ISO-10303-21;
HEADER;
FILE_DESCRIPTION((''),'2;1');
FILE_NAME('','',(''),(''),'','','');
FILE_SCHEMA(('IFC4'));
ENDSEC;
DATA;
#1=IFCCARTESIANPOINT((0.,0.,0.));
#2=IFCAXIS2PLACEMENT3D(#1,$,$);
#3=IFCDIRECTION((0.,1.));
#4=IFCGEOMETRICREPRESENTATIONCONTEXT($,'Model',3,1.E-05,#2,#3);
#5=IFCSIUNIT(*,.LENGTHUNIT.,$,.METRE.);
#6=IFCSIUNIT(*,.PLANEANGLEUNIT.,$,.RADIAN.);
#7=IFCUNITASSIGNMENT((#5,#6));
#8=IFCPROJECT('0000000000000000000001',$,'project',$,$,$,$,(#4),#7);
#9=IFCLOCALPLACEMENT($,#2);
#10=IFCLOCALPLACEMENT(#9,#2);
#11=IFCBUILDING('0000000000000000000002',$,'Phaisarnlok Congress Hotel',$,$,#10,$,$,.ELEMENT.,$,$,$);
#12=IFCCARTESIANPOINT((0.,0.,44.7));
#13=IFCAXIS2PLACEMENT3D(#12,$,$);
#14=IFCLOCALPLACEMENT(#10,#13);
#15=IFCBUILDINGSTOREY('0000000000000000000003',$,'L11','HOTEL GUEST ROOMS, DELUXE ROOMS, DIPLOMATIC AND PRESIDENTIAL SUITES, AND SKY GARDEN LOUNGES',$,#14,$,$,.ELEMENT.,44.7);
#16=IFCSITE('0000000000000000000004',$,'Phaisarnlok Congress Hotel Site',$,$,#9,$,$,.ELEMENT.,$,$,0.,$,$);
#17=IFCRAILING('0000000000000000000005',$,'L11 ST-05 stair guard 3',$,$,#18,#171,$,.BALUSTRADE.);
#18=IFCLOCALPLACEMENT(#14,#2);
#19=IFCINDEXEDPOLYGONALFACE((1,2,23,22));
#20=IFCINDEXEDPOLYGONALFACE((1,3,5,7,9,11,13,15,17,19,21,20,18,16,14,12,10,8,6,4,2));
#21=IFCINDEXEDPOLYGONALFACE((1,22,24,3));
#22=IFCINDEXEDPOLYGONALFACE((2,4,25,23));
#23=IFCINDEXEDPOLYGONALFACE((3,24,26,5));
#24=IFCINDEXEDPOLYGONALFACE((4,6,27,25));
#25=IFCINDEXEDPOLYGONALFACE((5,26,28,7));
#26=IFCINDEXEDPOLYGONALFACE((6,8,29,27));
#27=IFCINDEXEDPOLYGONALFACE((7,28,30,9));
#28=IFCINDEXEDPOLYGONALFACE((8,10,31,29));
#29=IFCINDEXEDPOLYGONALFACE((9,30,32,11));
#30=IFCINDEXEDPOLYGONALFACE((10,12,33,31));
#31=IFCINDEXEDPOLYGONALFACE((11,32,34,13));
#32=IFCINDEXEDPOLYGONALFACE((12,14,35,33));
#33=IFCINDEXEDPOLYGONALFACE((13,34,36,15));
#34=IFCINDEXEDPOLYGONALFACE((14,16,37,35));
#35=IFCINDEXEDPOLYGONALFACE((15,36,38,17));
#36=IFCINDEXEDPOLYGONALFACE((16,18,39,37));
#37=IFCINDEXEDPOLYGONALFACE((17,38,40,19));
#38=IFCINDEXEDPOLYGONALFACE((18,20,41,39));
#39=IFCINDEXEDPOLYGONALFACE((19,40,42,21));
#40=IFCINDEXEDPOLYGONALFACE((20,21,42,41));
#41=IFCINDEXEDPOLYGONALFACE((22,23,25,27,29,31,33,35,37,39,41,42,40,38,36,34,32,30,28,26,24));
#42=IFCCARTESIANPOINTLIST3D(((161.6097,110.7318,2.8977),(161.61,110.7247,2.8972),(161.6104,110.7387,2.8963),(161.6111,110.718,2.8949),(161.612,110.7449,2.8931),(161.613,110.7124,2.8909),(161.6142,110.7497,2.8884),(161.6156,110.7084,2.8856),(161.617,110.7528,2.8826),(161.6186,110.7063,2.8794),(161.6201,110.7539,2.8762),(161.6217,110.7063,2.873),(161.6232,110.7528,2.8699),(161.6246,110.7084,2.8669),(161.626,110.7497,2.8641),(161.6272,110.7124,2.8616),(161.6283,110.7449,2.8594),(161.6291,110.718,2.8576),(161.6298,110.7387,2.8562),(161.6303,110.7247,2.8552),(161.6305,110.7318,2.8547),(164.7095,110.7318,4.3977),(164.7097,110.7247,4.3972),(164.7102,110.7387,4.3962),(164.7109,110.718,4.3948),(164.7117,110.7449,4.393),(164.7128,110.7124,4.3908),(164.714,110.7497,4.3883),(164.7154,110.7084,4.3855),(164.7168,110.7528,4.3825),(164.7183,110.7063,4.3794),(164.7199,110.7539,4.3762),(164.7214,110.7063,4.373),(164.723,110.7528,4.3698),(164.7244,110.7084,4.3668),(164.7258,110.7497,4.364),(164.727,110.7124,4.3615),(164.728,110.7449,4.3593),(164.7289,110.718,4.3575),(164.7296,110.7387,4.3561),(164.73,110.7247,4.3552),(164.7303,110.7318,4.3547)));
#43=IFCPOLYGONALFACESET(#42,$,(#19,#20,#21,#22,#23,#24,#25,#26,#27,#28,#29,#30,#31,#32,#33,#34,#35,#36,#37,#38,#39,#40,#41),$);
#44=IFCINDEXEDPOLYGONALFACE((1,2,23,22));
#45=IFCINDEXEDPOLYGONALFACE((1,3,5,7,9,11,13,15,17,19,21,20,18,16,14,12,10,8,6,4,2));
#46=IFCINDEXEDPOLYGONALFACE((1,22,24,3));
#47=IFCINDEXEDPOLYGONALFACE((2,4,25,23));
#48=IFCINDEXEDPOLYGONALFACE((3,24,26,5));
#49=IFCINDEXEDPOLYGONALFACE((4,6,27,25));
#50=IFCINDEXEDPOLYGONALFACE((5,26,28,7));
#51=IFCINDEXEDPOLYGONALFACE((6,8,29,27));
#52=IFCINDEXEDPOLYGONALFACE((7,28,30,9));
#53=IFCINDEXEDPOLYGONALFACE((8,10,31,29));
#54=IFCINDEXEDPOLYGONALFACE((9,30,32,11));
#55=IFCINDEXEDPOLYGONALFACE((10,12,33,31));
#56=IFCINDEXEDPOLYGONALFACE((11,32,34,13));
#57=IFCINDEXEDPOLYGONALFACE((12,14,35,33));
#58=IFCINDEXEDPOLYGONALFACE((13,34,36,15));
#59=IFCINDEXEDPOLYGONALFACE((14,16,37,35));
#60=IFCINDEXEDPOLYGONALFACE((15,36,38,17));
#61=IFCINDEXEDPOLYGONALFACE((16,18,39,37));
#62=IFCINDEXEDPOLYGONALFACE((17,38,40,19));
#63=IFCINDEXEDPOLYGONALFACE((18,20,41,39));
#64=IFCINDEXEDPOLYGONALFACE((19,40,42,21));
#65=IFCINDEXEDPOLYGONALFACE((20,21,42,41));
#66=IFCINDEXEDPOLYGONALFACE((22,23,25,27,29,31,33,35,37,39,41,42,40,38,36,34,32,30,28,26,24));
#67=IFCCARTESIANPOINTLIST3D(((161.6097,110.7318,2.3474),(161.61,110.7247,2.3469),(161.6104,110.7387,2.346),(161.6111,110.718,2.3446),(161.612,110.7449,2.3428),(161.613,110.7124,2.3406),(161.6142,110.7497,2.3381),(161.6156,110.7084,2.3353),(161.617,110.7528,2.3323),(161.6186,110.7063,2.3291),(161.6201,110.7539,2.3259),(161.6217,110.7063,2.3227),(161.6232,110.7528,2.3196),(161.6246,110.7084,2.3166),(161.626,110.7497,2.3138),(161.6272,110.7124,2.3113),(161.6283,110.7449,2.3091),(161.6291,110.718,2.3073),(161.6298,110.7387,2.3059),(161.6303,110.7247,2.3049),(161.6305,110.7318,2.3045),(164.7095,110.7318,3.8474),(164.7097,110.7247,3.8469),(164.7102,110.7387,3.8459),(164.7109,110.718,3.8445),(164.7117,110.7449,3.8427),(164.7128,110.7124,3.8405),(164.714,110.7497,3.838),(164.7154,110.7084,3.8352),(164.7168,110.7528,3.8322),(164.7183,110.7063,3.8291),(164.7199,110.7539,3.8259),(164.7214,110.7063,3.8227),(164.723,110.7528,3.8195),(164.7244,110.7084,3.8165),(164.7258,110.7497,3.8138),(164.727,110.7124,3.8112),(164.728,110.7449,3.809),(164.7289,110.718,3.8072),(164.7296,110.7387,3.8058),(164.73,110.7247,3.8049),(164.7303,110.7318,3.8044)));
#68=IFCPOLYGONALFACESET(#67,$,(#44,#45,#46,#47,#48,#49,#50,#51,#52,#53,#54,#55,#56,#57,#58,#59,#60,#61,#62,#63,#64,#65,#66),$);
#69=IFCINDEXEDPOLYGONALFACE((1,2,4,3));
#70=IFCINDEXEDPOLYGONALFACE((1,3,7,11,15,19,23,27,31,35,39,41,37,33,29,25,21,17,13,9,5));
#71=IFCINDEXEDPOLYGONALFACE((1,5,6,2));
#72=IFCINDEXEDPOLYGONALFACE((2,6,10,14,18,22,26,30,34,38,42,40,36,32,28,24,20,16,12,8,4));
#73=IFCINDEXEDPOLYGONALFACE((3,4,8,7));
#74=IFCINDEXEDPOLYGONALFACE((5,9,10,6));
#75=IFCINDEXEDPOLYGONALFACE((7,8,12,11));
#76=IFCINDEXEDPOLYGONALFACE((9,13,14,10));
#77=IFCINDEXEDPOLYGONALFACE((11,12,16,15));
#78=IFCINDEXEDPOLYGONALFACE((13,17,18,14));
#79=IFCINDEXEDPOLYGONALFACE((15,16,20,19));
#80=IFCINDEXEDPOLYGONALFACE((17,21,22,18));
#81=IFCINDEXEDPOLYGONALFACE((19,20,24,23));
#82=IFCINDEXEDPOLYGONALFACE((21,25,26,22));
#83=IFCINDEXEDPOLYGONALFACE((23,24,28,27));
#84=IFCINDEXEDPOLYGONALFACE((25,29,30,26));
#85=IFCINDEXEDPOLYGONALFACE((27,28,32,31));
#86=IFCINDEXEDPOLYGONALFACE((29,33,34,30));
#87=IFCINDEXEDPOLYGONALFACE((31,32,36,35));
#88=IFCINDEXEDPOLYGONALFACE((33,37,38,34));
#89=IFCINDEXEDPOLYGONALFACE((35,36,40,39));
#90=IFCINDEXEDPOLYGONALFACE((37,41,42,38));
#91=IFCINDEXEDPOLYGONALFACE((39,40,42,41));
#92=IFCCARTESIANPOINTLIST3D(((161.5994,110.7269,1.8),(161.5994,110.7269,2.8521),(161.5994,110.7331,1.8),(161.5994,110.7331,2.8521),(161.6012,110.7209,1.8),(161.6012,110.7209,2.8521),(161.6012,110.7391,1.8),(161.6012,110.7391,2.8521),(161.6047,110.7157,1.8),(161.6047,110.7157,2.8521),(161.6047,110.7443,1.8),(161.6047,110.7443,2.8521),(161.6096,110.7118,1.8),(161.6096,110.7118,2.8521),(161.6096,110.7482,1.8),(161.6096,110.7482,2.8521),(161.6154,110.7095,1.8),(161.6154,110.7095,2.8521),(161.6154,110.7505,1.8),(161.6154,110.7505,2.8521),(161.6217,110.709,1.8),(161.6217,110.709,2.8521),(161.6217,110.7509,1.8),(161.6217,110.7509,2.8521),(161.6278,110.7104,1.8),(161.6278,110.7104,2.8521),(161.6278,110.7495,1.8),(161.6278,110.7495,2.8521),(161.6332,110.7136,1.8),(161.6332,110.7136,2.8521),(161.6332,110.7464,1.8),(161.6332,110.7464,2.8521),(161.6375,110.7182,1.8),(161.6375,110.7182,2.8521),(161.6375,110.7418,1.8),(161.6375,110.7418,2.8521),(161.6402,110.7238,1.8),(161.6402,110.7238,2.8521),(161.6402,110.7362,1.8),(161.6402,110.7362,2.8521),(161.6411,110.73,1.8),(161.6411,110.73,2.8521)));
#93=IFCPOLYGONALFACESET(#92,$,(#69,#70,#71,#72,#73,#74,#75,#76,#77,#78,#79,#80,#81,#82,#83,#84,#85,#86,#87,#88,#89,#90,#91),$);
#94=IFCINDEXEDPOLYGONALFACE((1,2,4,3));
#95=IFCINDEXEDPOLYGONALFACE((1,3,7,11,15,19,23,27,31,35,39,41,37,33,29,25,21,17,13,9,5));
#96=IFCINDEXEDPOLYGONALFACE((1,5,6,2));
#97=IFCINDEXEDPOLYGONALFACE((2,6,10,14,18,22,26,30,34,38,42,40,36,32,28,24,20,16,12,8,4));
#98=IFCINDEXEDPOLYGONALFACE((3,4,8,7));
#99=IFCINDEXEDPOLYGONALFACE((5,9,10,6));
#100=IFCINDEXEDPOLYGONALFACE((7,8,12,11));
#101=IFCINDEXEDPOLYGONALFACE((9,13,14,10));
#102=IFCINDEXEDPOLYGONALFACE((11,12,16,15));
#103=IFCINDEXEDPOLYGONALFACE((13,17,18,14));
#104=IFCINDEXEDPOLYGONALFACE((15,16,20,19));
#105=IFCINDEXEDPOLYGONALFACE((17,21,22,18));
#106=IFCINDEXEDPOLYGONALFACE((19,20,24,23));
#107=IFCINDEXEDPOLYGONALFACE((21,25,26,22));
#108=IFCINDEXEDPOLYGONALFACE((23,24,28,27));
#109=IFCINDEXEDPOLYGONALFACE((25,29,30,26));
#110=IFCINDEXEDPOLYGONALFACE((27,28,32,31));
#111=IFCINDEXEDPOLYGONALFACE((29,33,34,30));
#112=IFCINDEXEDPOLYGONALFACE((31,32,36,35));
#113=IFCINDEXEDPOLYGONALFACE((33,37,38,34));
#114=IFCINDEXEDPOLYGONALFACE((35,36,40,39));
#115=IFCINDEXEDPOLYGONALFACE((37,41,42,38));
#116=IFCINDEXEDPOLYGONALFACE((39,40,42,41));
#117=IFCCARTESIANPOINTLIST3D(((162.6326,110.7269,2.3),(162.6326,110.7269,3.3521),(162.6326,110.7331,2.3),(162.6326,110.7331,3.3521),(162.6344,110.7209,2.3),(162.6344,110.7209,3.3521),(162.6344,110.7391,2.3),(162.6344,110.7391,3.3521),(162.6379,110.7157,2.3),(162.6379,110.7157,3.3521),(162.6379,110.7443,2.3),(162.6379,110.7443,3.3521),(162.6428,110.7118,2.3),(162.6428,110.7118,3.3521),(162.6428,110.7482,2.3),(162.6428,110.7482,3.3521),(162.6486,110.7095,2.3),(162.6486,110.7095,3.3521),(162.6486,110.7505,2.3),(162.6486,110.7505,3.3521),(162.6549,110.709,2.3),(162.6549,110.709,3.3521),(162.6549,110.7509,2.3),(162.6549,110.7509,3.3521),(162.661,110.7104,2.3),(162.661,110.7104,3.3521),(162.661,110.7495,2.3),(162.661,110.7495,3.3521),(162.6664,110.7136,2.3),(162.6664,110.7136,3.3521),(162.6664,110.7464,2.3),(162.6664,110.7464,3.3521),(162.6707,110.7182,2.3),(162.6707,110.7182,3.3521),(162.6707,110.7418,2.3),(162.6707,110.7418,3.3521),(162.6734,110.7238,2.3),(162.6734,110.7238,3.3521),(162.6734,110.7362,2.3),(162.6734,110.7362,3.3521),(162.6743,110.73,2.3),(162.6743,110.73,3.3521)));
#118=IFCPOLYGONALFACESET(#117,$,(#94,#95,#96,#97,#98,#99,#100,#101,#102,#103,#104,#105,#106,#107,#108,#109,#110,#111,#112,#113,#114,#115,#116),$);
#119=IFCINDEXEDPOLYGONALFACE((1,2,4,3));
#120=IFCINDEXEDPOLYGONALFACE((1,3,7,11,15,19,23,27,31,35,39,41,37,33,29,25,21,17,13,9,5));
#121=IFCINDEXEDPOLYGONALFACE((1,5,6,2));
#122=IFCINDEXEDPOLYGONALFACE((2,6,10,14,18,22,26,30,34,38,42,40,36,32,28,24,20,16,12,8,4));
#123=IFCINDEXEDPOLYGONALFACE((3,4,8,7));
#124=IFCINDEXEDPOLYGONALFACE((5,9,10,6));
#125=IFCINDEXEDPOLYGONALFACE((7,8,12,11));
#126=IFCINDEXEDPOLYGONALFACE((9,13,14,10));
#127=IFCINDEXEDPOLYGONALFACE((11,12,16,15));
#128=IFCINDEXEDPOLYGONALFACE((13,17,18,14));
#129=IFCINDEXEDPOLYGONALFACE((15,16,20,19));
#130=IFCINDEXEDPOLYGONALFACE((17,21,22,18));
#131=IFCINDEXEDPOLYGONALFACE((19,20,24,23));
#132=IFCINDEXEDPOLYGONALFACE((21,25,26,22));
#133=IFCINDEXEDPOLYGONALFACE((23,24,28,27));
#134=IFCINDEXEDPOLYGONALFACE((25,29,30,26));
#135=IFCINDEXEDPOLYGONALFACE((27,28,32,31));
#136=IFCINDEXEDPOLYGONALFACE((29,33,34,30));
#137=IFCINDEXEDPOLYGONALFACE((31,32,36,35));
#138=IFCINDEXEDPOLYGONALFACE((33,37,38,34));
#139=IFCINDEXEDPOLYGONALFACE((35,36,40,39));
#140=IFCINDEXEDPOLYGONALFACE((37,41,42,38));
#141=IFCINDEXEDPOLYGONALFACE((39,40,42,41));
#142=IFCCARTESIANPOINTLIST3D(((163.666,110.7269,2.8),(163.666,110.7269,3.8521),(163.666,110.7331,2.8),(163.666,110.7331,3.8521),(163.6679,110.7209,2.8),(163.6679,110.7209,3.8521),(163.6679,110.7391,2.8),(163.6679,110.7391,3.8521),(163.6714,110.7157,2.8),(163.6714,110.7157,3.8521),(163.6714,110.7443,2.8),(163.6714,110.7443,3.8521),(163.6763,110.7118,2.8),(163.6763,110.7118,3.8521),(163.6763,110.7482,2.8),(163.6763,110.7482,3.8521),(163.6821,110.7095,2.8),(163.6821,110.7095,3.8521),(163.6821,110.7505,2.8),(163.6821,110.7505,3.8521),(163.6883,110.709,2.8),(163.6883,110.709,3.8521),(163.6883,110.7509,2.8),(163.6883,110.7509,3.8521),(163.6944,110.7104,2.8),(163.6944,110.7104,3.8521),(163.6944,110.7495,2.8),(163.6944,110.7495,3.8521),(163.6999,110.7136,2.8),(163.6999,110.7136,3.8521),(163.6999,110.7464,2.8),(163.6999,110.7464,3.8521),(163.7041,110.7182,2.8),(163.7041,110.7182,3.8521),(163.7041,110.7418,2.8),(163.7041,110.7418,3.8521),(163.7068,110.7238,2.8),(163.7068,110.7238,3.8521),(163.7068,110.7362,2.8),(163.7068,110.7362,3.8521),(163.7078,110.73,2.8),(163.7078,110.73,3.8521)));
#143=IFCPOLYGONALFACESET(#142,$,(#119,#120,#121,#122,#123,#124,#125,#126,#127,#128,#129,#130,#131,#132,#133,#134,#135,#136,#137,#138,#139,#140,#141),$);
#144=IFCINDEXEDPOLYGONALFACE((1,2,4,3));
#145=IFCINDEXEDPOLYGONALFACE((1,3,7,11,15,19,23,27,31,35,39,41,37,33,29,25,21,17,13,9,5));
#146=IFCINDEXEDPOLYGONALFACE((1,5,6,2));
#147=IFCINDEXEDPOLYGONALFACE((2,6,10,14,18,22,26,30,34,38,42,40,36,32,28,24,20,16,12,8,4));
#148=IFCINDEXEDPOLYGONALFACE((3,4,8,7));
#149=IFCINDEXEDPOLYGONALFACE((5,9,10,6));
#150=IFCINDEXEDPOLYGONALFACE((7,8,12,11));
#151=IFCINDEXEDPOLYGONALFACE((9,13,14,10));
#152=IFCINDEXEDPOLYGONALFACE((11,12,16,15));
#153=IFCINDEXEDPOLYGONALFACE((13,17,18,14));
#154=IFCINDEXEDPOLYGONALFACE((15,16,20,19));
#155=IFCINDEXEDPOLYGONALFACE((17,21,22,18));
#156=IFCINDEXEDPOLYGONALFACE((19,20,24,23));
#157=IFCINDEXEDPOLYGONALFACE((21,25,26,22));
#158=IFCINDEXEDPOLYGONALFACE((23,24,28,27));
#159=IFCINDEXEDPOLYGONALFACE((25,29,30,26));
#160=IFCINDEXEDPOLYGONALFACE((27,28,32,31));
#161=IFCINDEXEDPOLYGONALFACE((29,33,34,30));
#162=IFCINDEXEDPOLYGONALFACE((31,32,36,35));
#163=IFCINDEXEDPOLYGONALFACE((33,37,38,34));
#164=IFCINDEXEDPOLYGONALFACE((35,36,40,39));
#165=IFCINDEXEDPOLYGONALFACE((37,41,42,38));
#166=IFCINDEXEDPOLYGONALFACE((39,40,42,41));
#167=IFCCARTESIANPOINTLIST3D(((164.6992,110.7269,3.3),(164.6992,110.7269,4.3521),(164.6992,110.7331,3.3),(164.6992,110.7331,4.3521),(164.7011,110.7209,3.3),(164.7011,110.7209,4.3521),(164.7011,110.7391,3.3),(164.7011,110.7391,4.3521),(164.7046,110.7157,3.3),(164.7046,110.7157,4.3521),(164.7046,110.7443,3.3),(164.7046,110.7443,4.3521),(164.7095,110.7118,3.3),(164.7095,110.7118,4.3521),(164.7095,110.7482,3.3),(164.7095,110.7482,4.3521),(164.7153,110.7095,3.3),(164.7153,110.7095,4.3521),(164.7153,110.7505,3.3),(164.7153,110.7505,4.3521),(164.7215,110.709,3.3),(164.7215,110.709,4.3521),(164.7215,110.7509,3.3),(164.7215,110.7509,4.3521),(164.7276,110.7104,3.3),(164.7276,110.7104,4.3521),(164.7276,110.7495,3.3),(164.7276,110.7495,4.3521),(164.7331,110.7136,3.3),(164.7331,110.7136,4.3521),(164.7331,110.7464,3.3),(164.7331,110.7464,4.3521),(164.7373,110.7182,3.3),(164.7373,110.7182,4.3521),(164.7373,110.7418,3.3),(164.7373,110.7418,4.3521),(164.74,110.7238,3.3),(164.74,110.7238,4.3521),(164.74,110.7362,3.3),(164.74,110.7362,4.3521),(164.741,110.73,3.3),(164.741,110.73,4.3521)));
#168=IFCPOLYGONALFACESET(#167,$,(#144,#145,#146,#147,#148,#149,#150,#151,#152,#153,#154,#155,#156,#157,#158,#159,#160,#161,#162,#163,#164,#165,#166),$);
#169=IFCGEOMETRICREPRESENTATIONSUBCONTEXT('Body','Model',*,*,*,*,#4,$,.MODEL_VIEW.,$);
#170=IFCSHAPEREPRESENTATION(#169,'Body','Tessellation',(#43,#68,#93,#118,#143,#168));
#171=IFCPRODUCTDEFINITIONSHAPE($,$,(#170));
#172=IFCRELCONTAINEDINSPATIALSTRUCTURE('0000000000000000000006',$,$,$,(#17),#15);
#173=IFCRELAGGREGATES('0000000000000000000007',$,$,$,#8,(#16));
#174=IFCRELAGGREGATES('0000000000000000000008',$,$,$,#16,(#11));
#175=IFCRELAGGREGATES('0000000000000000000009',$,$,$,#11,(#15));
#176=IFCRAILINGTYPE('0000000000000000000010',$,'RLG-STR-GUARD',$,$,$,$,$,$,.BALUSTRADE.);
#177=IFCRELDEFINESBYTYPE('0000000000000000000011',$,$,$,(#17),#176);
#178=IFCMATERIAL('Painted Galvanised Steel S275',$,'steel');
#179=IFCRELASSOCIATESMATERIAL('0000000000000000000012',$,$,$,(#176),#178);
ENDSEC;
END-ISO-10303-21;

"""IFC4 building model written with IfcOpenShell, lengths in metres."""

from ifc_helpers import new_model, si_unit, direction, frame, origin, origin_2d, place, context, subcontext, project, spatial, circle, extrude, material, type_object, element, save


model = new_model("IFC4")

# Units and contexts
model_context = context("Model", 3, precision=1e-05, world=origin(), true_north=direction((0.0, 1.0)))
body_context = subcontext(model_context, "Body", "Model", "MODEL_VIEW")
ifc_project = project(units=[si_unit("LENGTHUNIT", "METRE"), si_unit("PLANEANGLEUNIT", "RADIAN")], contexts=[model_context])

# Site, building, storey
site_placement = place(None, origin())
site = spatial("IfcSite", under=ifc_project, at=site_placement, Name="Phaisarnlok Congress Hotel Site", CompositionType="ELEMENT", RefElevation=0.0)
building_placement = place(site_placement, origin())
building = spatial("IfcBuilding", under=site, at=building_placement, Name="Phaisarnlok Congress Hotel", CompositionType="ELEMENT")
storey_placement = place(building_placement, frame((0.0, 0.0, 44.7)))
storey = spatial("IfcBuildingStorey", under=building, at=storey_placement, Name="L11", Description="HOTEL GUEST ROOMS, DELUXE ROOMS, DIPLOMATIC AND PRESIDENTIAL SUITES, AND SKY GARDEN LOUNGES", CompositionType="ELEMENT", Elevation=44.7)

# Railing
ifc_material_1 = material(Name="Painted Galvanised Steel S275", Category="steel")
railing_type = type_object("IfcRailingType", Name="RLG-STR-GUARD", PredefinedType="BALUSTRADE", material=ifc_material_1)
railing_1_placement = place(storey_placement, frame((161.6201, 110.73, 1.8)))
element("IfcRailing", 1, at=railing_1_placement, inside=storey, type_object=railing_type, Name="L11 ST-05 stair guard 3", PredefinedType="BALUSTRADE", context=body_context, shape_type="SweptSolid", body=[
    extrude(circle(Radius=0.0239, at=origin_2d()), frame((0.0, 0.0, 1.0762), z_axis=(0.900151, 0.0, 0.435578), x_axis=(0.0, 1.0, 0.0)), (0.0, 0.0, 1.0), 3.4436),
    extrude(circle(Radius=0.0239, at=origin_2d()), frame((0.0, 0.0, 0.5259), z_axis=(0.900151, 0.0, 0.435578), x_axis=(0.0, 1.0, 0.0)), (0.0, 0.0, 1.0), 3.4436),
    extrude(circle(Radius=0.021, at=origin_2d()), origin(), (0.0, 0.0, 1.0), 1.052),
    extrude(circle(Radius=0.021, at=origin_2d()), frame((1.0332, 0.0, 0.5)), (0.0, 0.0, 1.0), 1.052),
    extrude(circle(Radius=0.021, at=origin_2d()), frame((2.0667, 0.0, 1.0)), (0.0, 0.0, 1.0), 1.052),
    extrude(circle(Radius=0.021, at=origin_2d()), frame((3.0999, 0.0, 1.5)), (0.0, 0.0, 1.0), 1.052),
])

save(model, "model.ifc")
